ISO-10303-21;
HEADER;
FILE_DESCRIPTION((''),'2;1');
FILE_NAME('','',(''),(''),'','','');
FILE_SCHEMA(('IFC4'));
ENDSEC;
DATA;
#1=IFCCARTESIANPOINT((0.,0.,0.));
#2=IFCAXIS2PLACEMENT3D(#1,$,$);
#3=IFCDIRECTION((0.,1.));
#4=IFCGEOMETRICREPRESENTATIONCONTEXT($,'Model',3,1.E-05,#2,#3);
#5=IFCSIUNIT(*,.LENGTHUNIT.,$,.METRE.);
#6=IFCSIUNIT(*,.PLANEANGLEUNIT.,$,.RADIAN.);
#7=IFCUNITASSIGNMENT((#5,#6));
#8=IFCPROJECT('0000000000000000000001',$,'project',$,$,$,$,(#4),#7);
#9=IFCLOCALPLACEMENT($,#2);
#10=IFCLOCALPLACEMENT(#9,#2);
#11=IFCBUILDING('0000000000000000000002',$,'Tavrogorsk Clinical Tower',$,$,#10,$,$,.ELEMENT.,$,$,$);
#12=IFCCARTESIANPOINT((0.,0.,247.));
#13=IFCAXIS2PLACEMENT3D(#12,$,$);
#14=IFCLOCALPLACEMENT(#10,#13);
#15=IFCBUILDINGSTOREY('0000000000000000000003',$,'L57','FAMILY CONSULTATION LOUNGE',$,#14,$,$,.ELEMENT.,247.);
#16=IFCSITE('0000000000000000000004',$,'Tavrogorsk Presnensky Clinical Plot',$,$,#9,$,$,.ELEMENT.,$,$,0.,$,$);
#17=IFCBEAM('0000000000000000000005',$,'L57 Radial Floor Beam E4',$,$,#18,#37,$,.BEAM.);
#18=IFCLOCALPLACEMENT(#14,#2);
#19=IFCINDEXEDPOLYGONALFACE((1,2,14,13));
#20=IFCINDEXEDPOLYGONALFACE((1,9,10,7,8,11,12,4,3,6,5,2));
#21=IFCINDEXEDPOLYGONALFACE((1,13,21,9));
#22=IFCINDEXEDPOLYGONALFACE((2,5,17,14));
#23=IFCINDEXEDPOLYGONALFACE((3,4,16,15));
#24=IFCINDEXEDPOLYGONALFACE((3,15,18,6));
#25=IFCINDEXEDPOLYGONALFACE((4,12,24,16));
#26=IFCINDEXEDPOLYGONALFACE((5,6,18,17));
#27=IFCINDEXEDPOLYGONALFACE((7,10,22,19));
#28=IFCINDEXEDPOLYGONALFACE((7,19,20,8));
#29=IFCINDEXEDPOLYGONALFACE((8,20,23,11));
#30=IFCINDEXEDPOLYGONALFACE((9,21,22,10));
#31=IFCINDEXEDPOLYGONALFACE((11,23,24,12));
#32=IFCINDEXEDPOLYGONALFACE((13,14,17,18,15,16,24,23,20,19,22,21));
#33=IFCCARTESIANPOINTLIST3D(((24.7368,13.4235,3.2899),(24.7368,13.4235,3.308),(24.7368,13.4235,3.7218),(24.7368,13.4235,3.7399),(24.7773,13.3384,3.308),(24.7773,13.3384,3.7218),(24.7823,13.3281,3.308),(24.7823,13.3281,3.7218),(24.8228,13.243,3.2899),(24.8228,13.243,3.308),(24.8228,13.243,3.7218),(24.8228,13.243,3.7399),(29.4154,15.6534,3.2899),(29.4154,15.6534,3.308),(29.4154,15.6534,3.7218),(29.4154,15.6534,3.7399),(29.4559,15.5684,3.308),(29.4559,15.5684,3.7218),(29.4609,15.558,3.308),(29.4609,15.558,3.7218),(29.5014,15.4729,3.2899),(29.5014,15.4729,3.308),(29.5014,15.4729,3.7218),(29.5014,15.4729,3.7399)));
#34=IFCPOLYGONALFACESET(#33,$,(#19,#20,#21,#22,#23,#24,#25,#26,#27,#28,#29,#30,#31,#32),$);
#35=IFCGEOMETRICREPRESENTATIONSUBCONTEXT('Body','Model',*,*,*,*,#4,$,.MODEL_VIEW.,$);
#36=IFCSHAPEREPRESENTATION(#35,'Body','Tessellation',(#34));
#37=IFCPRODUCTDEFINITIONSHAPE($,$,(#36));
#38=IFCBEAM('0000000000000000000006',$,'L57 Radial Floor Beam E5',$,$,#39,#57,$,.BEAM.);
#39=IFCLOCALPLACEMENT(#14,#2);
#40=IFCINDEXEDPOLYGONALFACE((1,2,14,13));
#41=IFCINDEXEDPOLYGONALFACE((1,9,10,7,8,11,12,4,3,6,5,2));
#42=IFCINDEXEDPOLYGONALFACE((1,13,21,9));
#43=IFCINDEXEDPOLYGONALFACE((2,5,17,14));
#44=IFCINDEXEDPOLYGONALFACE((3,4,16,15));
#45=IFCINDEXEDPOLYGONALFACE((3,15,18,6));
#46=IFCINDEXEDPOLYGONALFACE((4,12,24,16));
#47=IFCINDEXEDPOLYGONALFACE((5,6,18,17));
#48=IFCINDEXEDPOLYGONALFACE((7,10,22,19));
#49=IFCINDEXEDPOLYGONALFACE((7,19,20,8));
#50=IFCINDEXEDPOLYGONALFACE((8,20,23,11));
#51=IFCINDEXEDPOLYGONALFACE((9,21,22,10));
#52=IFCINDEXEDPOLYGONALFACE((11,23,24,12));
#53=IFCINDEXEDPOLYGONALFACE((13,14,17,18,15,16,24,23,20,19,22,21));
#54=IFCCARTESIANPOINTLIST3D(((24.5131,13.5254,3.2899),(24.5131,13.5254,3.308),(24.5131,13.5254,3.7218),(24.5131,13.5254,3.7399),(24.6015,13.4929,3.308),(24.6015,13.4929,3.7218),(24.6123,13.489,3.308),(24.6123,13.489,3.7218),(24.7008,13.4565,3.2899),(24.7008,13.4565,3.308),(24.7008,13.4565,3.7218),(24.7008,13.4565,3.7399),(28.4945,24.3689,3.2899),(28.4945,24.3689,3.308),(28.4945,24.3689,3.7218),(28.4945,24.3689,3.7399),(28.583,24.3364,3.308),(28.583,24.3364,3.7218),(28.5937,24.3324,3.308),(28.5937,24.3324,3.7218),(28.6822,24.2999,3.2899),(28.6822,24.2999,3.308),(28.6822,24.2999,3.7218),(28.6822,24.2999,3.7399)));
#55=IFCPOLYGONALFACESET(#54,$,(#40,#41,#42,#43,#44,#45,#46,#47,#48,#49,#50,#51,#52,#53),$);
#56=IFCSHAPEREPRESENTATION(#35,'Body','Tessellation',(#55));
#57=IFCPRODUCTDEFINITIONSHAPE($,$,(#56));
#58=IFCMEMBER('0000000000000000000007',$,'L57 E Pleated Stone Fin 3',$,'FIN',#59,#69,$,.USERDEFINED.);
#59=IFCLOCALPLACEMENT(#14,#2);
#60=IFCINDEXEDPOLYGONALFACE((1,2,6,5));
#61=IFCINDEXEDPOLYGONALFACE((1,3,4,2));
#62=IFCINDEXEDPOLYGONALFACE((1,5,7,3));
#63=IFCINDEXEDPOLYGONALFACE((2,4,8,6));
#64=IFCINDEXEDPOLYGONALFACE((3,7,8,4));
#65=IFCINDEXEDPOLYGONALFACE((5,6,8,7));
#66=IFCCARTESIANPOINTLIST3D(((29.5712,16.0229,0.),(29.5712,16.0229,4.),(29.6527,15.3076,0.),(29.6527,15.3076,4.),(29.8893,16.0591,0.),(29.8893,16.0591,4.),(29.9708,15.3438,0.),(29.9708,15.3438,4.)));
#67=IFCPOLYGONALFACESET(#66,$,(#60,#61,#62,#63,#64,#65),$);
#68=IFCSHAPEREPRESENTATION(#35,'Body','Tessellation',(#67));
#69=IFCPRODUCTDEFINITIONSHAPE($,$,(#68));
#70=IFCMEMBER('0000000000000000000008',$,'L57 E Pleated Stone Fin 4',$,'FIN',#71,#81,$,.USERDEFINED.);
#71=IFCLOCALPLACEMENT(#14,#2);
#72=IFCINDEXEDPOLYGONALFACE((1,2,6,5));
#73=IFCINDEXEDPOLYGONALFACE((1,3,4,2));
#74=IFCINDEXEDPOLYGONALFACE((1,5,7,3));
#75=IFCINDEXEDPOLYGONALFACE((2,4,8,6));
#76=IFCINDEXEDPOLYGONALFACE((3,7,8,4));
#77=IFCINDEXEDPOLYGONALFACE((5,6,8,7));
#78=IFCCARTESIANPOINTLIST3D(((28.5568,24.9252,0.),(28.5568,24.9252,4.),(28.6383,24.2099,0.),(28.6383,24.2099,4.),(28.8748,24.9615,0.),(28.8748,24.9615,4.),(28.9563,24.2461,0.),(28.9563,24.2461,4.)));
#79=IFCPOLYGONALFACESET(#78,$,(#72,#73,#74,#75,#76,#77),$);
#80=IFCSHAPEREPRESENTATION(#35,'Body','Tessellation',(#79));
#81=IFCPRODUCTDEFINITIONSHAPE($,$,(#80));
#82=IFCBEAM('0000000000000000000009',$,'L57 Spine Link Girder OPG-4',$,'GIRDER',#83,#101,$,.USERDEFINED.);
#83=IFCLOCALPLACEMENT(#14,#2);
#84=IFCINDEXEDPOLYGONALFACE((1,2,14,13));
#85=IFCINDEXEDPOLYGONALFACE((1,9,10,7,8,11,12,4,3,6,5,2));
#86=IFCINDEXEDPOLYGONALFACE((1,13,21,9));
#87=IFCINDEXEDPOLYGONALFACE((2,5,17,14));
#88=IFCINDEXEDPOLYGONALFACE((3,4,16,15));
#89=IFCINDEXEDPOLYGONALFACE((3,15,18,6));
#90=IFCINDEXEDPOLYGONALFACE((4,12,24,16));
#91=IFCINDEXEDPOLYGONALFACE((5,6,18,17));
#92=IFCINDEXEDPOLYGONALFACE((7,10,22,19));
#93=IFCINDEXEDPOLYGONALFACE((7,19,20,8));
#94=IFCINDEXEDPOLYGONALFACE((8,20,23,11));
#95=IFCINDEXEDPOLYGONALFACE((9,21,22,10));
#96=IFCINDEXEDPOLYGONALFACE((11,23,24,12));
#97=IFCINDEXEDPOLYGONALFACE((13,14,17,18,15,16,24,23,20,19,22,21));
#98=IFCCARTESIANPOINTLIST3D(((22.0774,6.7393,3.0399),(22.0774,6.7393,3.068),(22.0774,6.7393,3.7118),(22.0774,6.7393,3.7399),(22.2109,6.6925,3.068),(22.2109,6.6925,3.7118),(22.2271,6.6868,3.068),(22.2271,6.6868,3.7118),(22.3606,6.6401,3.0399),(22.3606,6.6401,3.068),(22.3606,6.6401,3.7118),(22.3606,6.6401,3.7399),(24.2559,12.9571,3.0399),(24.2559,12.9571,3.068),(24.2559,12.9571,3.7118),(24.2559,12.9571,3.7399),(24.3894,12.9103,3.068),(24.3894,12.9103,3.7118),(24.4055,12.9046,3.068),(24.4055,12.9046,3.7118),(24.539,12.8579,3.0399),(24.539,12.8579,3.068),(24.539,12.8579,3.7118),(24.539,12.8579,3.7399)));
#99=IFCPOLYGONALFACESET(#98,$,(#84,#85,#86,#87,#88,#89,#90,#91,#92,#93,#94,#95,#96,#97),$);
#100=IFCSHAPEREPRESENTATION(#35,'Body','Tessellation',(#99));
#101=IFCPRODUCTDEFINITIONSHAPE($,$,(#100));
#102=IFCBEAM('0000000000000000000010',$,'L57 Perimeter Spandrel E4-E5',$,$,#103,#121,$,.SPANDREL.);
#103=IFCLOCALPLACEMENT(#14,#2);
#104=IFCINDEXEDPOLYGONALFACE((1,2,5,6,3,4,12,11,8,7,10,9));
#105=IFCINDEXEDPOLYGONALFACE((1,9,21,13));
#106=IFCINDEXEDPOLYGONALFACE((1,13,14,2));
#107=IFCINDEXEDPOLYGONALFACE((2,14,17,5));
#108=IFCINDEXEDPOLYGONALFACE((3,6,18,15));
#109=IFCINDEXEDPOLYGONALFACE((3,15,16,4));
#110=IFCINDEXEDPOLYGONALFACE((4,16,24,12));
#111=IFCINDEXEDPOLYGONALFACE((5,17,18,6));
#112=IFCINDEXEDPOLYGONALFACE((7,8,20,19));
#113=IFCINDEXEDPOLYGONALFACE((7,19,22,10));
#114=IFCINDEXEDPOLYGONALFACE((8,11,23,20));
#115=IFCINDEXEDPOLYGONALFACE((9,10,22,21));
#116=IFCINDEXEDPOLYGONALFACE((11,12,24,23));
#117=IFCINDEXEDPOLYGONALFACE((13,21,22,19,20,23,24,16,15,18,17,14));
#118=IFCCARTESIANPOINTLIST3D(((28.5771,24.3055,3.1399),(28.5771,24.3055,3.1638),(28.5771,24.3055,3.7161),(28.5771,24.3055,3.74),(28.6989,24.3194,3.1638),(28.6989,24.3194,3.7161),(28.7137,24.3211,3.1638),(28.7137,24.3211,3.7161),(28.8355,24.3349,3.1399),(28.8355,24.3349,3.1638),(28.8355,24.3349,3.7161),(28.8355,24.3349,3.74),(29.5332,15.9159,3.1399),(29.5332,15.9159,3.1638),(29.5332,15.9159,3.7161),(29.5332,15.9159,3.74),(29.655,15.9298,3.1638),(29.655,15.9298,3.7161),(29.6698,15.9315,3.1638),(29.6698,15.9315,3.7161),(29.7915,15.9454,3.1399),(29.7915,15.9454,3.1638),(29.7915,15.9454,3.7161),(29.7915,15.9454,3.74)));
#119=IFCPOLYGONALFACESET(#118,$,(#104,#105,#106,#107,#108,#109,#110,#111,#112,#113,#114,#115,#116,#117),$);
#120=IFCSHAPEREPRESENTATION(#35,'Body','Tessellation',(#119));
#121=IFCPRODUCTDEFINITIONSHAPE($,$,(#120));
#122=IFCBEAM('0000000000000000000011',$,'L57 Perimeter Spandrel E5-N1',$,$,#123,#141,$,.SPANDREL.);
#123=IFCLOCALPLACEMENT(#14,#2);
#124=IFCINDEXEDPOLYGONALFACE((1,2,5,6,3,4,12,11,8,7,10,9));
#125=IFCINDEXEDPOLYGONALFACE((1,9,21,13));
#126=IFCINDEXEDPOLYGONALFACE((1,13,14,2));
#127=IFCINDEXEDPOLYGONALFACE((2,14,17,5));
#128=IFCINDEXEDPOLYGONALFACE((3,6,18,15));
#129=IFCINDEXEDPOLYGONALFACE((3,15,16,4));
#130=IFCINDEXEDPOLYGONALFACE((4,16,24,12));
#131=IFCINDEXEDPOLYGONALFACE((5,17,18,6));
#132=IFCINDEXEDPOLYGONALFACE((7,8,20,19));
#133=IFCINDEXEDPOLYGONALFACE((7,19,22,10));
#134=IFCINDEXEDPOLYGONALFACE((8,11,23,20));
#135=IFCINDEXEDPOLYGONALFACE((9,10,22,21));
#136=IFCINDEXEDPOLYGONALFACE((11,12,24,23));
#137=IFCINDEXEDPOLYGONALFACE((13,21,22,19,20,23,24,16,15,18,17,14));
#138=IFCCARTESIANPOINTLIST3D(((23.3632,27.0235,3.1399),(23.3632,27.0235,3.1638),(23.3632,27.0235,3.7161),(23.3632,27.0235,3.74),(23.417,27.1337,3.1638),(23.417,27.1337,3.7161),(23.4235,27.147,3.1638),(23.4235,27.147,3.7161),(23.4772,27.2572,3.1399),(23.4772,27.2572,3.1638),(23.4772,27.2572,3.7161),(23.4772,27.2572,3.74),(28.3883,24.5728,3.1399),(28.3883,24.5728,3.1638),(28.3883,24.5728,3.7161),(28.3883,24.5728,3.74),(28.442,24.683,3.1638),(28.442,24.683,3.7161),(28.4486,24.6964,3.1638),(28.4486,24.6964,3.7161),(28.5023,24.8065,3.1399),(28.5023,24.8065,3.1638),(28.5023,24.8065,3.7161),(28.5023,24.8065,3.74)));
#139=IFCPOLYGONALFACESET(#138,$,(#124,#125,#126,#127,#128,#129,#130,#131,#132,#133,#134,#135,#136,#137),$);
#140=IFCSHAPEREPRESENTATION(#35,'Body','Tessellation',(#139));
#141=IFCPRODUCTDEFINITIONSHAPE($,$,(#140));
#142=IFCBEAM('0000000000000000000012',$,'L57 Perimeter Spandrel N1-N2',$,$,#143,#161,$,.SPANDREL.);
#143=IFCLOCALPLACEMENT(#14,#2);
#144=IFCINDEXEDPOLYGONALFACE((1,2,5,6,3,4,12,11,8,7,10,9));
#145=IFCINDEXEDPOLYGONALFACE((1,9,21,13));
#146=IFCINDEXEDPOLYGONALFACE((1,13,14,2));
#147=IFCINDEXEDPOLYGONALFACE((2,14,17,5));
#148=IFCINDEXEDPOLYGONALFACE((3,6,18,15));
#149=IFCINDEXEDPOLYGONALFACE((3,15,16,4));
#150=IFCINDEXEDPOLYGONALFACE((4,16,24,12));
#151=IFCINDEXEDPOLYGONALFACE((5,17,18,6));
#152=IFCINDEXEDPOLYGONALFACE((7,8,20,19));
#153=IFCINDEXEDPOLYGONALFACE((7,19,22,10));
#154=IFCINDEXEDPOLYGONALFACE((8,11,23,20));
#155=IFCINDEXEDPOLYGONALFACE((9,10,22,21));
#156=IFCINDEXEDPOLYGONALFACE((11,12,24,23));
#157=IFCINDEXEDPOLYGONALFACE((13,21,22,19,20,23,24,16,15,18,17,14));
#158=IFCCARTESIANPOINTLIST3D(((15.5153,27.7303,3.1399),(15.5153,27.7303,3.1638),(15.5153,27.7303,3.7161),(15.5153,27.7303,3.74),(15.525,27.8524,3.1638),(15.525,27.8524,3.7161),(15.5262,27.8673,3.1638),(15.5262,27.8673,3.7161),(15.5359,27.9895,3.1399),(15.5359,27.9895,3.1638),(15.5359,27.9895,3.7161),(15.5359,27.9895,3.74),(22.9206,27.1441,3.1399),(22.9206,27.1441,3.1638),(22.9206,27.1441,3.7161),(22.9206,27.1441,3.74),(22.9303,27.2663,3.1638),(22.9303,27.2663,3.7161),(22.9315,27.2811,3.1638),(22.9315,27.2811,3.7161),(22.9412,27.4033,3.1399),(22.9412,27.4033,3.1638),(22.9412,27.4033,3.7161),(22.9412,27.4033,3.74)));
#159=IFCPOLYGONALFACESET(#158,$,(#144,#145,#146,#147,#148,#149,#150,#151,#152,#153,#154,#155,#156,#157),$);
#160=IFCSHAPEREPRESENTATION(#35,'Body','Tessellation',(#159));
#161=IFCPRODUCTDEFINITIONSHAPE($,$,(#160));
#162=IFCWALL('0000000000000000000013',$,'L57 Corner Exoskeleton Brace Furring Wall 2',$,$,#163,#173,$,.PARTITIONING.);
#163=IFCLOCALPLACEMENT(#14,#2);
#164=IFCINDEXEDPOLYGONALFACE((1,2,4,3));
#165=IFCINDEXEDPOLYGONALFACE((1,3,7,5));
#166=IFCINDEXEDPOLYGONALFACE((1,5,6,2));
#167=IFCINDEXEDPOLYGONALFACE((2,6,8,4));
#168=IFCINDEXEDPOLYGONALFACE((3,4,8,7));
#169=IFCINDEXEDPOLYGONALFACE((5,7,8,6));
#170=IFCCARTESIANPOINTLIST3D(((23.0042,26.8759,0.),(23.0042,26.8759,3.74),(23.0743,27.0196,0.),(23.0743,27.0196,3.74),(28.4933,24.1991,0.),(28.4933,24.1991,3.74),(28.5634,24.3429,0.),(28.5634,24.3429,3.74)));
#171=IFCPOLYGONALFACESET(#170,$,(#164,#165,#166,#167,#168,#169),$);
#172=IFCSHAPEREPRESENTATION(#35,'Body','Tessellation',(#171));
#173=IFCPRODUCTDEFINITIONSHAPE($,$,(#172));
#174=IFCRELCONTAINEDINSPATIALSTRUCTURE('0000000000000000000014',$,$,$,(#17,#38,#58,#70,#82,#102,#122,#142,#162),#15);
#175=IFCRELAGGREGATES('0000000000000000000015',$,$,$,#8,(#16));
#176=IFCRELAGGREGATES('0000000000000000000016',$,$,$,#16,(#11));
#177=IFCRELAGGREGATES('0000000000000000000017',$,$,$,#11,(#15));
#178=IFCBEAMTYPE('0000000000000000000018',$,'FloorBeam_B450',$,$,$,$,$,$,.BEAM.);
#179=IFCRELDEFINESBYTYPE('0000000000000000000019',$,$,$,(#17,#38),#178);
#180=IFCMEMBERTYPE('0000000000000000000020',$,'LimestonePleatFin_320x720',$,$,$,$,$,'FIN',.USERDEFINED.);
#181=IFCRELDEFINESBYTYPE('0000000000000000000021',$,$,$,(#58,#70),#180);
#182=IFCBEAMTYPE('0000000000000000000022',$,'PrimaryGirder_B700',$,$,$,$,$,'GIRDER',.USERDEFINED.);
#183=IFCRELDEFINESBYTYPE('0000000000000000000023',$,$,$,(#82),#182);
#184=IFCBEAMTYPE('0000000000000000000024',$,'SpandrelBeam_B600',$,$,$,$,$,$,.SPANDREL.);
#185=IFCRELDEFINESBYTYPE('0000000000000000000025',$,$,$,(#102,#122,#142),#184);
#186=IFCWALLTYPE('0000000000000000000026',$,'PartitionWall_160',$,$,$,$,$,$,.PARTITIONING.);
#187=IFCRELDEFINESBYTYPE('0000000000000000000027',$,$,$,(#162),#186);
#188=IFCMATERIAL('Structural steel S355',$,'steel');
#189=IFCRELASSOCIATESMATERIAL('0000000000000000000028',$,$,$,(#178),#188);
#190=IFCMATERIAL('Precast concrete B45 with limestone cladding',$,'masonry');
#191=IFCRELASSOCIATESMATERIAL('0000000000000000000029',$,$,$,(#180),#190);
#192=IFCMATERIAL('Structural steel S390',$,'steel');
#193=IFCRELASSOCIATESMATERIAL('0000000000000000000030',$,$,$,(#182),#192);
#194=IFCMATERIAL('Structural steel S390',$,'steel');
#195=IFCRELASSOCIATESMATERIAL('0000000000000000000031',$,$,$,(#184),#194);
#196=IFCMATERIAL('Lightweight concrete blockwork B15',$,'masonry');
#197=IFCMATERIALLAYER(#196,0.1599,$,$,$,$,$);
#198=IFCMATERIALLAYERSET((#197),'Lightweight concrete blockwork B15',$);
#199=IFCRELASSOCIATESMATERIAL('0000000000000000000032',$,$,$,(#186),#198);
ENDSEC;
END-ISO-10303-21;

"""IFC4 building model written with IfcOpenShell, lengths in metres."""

from ifc_helpers import new_model, si_unit, direction, frame, frame_2d, origin, origin_2d, place, context, subcontext, project, spatial, rectangle, i_section, extrude, material, layer, layer_set, material_profile, profile_set, type_object, element, save


model = new_model("IFC4")

# Units and contexts
model_context = context("Model", 3, precision=1e-05, world=origin(), true_north=direction((0.0, 1.0)))
body_context = subcontext(model_context, "Body", "Model", "MODEL_VIEW")
ifc_project = project(units=[si_unit("LENGTHUNIT", "METRE"), si_unit("PLANEANGLEUNIT", "RADIAN")], contexts=[model_context])

# Site, building, storey
site_placement = place(None, origin())
site = spatial("IfcSite", under=ifc_project, at=site_placement, Name="Tavrogorsk Presnensky Clinical Plot", CompositionType="ELEMENT", RefElevation=0.0)
building_placement = place(site_placement, origin())
building = spatial("IfcBuilding", under=site, at=building_placement, Name="Tavrogorsk Clinical Tower", CompositionType="ELEMENT")
storey_placement = place(building_placement, frame((0.0, 0.0, 247.0)))
storey = spatial("IfcBuildingStorey", under=building, at=storey_placement, Name="L57", Description="FAMILY CONSULTATION LOUNGE", CompositionType="ELEMENT", Elevation=247.0)

# Beams
ifc_material_1 = material(Name="Structural steel S355", Category="steel")
ifc_material_profile_1 = material_profile(ifc_material_1, i_section(OverallWidth=0.2, OverallDepth=0.45, WebThickness=0.0115, FlangeThickness=0.0181, at=origin_2d()), Name="B-450x200x11.5x18")
ifc_profile_set_1 = profile_set([ifc_material_profile_1], Name="Structural steel S355")
beam_type_1 = type_object("IfcBeamType", Name="FloorBeam_B450", PredefinedType="BEAM", material=ifc_profile_set_1)
beam_1_placement = place(storey_placement, frame((24.7798, 13.3333, 3.5149), z_axis=(0.902709, 0.430252, 0.0), x_axis=(-0.430252, 0.902709, 0.0)))
element("IfcBeam", 1, at=beam_1_placement, inside=storey, type_object=beam_type_1, Name="L57 Radial Floor Beam E4", PredefinedType="BEAM", context=body_context, shape_type="SweptSolid", body=[
    extrude(i_section(OverallWidth=0.2, OverallDepth=0.45, WebThickness=0.0115, FlangeThickness=0.0181, at=origin_2d()), origin(), (0.0, 0.0, 1.0), 5.1829),
])
beam_2_placement = place(storey_placement, frame((24.6069, 13.491, 3.5149), z_axis=(0.344674, 0.938723, 0.0), x_axis=(-0.938723, 0.344674, 0.0)))
element("IfcBeam", 2, at=beam_2_placement, inside=storey, type_object=beam_type_1, Name="L57 Radial Floor Beam E5", PredefinedType="BEAM", context=body_context, shape_type="SweptSolid", body=[
    extrude(i_section(OverallWidth=0.2, OverallDepth=0.45, WebThickness=0.0115, FlangeThickness=0.0181, at=origin_2d()), origin(), (0.0, 0.0, 1.0), 11.5513),
])

# Members
ifc_material_2 = material(Name="Precast concrete B45 with limestone cladding", Category="masonry")
ifc_material_profile_2 = material_profile(ifc_material_2, rectangle(XDim=0.3201, YDim=0.72, at=origin_2d()), Name="LIMESTONE-FIN-320x720")
ifc_profile_set_2 = profile_set([ifc_material_profile_2], Name="Precast concrete B45 with limestone cladding")
member_type_1 = type_object("IfcMemberType", Name="LimestonePleatFin_320x720", ElementType="FIN", PredefinedType="USERDEFINED", material=ifc_profile_set_2)
for number, where, z_axis, x_axis, name in (
    (3, (29.771, 15.6833, 0.0), (0.0, 0.0, 1.0), (0.993572, 0.113203, 0.0), "L57 E Pleated Stone Fin 3"),
    (4, (28.7566, 24.5857, 0.0), (0.0, 0.0, 1.0), (0.993572, 0.113203, 0.0), "L57 E Pleated Stone Fin 4"),
):
    element("IfcMember", number, at=place(storey_placement, frame(where, z_axis=z_axis, x_axis=x_axis)), inside=storey, type_object=member_type_1, Name=name, ObjectType="FIN", PredefinedType="USERDEFINED", context=body_context, shape_type="SweptSolid", body=[
        extrude(rectangle(XDim=0.3201, YDim=0.72, at=origin_2d()), origin(), (0.0, 0.0, 1.0), 4.0),
    ])

# Beams
ifc_material_3 = material(Name="Structural steel S390", Category="steel")
ifc_material_profile_3 = material_profile(ifc_material_3, i_section(OverallWidth=0.3, OverallDepth=0.7, WebThickness=0.0171, FlangeThickness=0.0281, at=origin_2d()), Name="B-700x300x17x28")
ifc_profile_set_3 = profile_set([ifc_material_profile_3], Name="Structural steel S390")
beam_type_2 = type_object("IfcBeamType", Name="PrimaryGirder_B700", ElementType="GIRDER", PredefinedType="USERDEFINED", material=ifc_profile_set_3)
beam_3_placement = place(storey_placement, frame((24.3975, 12.9075, 3.3899), z_axis=(-0.330654, -0.943752, 0.0), x_axis=(0.943752, -0.330654, 0.0)))
element("IfcBeam", 5, at=beam_3_placement, inside=storey, type_object=beam_type_2, Name="L57 Spine Link Girder OPG-4", ObjectType="GIRDER", PredefinedType="USERDEFINED", context=body_context, shape_type="SweptSolid", body=[
    extrude(i_section(OverallWidth=0.3, OverallDepth=0.7, WebThickness=0.0171, FlangeThickness=0.0281, at=origin_2d()), origin(), (0.0, 0.0, 1.0), 6.5884),
])
ifc_material_4 = material(Name="Structural steel S390", Category="steel")
ifc_material_profile_4 = material_profile(ifc_material_4, i_section(OverallWidth=0.26, OverallDepth=0.6001, WebThickness=0.0149, FlangeThickness=0.0239, at=origin_2d()), Name="B-600x260x15x24")
ifc_profile_set_4 = profile_set([ifc_material_profile_4], Name="Structural steel S390")
beam_type_3 = type_object("IfcBeamType", Name="SpandrelBeam_B600", PredefinedType="SPANDREL", material=ifc_profile_set_4)
beam_4_placement = place(storey_placement, frame((29.6624, 15.9307, 3.4399), z_axis=(-0.113224, 0.99357, 0.0), x_axis=(-0.99357, -0.113224, 0.0)))
element("IfcBeam", 6, at=beam_4_placement, inside=storey, type_object=beam_type_3, Name="L57 Perimeter Spandrel E4-E5", PredefinedType="SPANDREL", context=body_context, shape_type="SweptSolid", body=[
    extrude(i_section(OverallWidth=0.26, OverallDepth=0.6001, WebThickness=0.0149, FlangeThickness=0.0239, at=origin_2d()), origin(), (0.0, 0.0, 1.0), 8.4438),
])
beam_5_placement = place(storey_placement, frame((28.4453, 24.6897, 3.4399), z_axis=(-0.898811, 0.438336, 0.0), x_axis=(-0.438336, -0.898811, 0.0)))
element("IfcBeam", 7, at=beam_5_placement, inside=storey, type_object=beam_type_3, Name="L57 Perimeter Spandrel E5-N1", PredefinedType="SPANDREL", context=body_context, shape_type="SweptSolid", body=[
    extrude(i_section(OverallWidth=0.26, OverallDepth=0.6001, WebThickness=0.0149, FlangeThickness=0.0239, at=origin_2d()), origin(), (0.0, 0.0, 1.0), 5.5908),
])
beam_6_placement = place(storey_placement, frame((22.9309, 27.2737, 3.4399), z_axis=(-0.996882, 0.07891, 0.0), x_axis=(-0.07891, -0.996882, 0.0)))
element("IfcBeam", 8, at=beam_6_placement, inside=storey, type_object=beam_type_3, Name="L57 Perimeter Spandrel N1-N2", PredefinedType="SPANDREL", context=body_context, shape_type="SweptSolid", body=[
    extrude(i_section(OverallWidth=0.26, OverallDepth=0.6001, WebThickness=0.0149, FlangeThickness=0.0239, at=origin_2d()), origin(), (0.0, 0.0, 1.0), 7.4285),
])

# Wall
ifc_material_5 = material(Name="Lightweight concrete blockwork B15", Category="masonry")
ifc_layer_1 = layer(ifc_material_5, 0.1599)
ifc_layer_set_1 = layer_set([ifc_layer_1], Name="Lightweight concrete blockwork B15")
wall_type_1 = type_object("IfcWallType", Name="PartitionWall_160", PredefinedType="PARTITIONING", material=ifc_layer_set_1)
wall_1_placement = place(storey_placement, frame((28.5283, 24.271, 0.0), z_axis=(0.0, 0.0, 1.0), x_axis=(-0.898821, 0.438317, 0.0)))
element("IfcWall", 9, at=wall_1_placement, inside=storey, type_object=wall_type_1, Name="L57 Corner Exoskeleton Brace Furring Wall 2", PredefinedType="PARTITIONING", context=body_context, shape_type="SweptSolid", body=[
    extrude(rectangle(XDim=6.1069, YDim=0.1599, at=frame_2d((3.0535, 0.0))), origin(), (0.0, 0.0, 1.0), 3.74),
])

save(model, "model.ifc")
